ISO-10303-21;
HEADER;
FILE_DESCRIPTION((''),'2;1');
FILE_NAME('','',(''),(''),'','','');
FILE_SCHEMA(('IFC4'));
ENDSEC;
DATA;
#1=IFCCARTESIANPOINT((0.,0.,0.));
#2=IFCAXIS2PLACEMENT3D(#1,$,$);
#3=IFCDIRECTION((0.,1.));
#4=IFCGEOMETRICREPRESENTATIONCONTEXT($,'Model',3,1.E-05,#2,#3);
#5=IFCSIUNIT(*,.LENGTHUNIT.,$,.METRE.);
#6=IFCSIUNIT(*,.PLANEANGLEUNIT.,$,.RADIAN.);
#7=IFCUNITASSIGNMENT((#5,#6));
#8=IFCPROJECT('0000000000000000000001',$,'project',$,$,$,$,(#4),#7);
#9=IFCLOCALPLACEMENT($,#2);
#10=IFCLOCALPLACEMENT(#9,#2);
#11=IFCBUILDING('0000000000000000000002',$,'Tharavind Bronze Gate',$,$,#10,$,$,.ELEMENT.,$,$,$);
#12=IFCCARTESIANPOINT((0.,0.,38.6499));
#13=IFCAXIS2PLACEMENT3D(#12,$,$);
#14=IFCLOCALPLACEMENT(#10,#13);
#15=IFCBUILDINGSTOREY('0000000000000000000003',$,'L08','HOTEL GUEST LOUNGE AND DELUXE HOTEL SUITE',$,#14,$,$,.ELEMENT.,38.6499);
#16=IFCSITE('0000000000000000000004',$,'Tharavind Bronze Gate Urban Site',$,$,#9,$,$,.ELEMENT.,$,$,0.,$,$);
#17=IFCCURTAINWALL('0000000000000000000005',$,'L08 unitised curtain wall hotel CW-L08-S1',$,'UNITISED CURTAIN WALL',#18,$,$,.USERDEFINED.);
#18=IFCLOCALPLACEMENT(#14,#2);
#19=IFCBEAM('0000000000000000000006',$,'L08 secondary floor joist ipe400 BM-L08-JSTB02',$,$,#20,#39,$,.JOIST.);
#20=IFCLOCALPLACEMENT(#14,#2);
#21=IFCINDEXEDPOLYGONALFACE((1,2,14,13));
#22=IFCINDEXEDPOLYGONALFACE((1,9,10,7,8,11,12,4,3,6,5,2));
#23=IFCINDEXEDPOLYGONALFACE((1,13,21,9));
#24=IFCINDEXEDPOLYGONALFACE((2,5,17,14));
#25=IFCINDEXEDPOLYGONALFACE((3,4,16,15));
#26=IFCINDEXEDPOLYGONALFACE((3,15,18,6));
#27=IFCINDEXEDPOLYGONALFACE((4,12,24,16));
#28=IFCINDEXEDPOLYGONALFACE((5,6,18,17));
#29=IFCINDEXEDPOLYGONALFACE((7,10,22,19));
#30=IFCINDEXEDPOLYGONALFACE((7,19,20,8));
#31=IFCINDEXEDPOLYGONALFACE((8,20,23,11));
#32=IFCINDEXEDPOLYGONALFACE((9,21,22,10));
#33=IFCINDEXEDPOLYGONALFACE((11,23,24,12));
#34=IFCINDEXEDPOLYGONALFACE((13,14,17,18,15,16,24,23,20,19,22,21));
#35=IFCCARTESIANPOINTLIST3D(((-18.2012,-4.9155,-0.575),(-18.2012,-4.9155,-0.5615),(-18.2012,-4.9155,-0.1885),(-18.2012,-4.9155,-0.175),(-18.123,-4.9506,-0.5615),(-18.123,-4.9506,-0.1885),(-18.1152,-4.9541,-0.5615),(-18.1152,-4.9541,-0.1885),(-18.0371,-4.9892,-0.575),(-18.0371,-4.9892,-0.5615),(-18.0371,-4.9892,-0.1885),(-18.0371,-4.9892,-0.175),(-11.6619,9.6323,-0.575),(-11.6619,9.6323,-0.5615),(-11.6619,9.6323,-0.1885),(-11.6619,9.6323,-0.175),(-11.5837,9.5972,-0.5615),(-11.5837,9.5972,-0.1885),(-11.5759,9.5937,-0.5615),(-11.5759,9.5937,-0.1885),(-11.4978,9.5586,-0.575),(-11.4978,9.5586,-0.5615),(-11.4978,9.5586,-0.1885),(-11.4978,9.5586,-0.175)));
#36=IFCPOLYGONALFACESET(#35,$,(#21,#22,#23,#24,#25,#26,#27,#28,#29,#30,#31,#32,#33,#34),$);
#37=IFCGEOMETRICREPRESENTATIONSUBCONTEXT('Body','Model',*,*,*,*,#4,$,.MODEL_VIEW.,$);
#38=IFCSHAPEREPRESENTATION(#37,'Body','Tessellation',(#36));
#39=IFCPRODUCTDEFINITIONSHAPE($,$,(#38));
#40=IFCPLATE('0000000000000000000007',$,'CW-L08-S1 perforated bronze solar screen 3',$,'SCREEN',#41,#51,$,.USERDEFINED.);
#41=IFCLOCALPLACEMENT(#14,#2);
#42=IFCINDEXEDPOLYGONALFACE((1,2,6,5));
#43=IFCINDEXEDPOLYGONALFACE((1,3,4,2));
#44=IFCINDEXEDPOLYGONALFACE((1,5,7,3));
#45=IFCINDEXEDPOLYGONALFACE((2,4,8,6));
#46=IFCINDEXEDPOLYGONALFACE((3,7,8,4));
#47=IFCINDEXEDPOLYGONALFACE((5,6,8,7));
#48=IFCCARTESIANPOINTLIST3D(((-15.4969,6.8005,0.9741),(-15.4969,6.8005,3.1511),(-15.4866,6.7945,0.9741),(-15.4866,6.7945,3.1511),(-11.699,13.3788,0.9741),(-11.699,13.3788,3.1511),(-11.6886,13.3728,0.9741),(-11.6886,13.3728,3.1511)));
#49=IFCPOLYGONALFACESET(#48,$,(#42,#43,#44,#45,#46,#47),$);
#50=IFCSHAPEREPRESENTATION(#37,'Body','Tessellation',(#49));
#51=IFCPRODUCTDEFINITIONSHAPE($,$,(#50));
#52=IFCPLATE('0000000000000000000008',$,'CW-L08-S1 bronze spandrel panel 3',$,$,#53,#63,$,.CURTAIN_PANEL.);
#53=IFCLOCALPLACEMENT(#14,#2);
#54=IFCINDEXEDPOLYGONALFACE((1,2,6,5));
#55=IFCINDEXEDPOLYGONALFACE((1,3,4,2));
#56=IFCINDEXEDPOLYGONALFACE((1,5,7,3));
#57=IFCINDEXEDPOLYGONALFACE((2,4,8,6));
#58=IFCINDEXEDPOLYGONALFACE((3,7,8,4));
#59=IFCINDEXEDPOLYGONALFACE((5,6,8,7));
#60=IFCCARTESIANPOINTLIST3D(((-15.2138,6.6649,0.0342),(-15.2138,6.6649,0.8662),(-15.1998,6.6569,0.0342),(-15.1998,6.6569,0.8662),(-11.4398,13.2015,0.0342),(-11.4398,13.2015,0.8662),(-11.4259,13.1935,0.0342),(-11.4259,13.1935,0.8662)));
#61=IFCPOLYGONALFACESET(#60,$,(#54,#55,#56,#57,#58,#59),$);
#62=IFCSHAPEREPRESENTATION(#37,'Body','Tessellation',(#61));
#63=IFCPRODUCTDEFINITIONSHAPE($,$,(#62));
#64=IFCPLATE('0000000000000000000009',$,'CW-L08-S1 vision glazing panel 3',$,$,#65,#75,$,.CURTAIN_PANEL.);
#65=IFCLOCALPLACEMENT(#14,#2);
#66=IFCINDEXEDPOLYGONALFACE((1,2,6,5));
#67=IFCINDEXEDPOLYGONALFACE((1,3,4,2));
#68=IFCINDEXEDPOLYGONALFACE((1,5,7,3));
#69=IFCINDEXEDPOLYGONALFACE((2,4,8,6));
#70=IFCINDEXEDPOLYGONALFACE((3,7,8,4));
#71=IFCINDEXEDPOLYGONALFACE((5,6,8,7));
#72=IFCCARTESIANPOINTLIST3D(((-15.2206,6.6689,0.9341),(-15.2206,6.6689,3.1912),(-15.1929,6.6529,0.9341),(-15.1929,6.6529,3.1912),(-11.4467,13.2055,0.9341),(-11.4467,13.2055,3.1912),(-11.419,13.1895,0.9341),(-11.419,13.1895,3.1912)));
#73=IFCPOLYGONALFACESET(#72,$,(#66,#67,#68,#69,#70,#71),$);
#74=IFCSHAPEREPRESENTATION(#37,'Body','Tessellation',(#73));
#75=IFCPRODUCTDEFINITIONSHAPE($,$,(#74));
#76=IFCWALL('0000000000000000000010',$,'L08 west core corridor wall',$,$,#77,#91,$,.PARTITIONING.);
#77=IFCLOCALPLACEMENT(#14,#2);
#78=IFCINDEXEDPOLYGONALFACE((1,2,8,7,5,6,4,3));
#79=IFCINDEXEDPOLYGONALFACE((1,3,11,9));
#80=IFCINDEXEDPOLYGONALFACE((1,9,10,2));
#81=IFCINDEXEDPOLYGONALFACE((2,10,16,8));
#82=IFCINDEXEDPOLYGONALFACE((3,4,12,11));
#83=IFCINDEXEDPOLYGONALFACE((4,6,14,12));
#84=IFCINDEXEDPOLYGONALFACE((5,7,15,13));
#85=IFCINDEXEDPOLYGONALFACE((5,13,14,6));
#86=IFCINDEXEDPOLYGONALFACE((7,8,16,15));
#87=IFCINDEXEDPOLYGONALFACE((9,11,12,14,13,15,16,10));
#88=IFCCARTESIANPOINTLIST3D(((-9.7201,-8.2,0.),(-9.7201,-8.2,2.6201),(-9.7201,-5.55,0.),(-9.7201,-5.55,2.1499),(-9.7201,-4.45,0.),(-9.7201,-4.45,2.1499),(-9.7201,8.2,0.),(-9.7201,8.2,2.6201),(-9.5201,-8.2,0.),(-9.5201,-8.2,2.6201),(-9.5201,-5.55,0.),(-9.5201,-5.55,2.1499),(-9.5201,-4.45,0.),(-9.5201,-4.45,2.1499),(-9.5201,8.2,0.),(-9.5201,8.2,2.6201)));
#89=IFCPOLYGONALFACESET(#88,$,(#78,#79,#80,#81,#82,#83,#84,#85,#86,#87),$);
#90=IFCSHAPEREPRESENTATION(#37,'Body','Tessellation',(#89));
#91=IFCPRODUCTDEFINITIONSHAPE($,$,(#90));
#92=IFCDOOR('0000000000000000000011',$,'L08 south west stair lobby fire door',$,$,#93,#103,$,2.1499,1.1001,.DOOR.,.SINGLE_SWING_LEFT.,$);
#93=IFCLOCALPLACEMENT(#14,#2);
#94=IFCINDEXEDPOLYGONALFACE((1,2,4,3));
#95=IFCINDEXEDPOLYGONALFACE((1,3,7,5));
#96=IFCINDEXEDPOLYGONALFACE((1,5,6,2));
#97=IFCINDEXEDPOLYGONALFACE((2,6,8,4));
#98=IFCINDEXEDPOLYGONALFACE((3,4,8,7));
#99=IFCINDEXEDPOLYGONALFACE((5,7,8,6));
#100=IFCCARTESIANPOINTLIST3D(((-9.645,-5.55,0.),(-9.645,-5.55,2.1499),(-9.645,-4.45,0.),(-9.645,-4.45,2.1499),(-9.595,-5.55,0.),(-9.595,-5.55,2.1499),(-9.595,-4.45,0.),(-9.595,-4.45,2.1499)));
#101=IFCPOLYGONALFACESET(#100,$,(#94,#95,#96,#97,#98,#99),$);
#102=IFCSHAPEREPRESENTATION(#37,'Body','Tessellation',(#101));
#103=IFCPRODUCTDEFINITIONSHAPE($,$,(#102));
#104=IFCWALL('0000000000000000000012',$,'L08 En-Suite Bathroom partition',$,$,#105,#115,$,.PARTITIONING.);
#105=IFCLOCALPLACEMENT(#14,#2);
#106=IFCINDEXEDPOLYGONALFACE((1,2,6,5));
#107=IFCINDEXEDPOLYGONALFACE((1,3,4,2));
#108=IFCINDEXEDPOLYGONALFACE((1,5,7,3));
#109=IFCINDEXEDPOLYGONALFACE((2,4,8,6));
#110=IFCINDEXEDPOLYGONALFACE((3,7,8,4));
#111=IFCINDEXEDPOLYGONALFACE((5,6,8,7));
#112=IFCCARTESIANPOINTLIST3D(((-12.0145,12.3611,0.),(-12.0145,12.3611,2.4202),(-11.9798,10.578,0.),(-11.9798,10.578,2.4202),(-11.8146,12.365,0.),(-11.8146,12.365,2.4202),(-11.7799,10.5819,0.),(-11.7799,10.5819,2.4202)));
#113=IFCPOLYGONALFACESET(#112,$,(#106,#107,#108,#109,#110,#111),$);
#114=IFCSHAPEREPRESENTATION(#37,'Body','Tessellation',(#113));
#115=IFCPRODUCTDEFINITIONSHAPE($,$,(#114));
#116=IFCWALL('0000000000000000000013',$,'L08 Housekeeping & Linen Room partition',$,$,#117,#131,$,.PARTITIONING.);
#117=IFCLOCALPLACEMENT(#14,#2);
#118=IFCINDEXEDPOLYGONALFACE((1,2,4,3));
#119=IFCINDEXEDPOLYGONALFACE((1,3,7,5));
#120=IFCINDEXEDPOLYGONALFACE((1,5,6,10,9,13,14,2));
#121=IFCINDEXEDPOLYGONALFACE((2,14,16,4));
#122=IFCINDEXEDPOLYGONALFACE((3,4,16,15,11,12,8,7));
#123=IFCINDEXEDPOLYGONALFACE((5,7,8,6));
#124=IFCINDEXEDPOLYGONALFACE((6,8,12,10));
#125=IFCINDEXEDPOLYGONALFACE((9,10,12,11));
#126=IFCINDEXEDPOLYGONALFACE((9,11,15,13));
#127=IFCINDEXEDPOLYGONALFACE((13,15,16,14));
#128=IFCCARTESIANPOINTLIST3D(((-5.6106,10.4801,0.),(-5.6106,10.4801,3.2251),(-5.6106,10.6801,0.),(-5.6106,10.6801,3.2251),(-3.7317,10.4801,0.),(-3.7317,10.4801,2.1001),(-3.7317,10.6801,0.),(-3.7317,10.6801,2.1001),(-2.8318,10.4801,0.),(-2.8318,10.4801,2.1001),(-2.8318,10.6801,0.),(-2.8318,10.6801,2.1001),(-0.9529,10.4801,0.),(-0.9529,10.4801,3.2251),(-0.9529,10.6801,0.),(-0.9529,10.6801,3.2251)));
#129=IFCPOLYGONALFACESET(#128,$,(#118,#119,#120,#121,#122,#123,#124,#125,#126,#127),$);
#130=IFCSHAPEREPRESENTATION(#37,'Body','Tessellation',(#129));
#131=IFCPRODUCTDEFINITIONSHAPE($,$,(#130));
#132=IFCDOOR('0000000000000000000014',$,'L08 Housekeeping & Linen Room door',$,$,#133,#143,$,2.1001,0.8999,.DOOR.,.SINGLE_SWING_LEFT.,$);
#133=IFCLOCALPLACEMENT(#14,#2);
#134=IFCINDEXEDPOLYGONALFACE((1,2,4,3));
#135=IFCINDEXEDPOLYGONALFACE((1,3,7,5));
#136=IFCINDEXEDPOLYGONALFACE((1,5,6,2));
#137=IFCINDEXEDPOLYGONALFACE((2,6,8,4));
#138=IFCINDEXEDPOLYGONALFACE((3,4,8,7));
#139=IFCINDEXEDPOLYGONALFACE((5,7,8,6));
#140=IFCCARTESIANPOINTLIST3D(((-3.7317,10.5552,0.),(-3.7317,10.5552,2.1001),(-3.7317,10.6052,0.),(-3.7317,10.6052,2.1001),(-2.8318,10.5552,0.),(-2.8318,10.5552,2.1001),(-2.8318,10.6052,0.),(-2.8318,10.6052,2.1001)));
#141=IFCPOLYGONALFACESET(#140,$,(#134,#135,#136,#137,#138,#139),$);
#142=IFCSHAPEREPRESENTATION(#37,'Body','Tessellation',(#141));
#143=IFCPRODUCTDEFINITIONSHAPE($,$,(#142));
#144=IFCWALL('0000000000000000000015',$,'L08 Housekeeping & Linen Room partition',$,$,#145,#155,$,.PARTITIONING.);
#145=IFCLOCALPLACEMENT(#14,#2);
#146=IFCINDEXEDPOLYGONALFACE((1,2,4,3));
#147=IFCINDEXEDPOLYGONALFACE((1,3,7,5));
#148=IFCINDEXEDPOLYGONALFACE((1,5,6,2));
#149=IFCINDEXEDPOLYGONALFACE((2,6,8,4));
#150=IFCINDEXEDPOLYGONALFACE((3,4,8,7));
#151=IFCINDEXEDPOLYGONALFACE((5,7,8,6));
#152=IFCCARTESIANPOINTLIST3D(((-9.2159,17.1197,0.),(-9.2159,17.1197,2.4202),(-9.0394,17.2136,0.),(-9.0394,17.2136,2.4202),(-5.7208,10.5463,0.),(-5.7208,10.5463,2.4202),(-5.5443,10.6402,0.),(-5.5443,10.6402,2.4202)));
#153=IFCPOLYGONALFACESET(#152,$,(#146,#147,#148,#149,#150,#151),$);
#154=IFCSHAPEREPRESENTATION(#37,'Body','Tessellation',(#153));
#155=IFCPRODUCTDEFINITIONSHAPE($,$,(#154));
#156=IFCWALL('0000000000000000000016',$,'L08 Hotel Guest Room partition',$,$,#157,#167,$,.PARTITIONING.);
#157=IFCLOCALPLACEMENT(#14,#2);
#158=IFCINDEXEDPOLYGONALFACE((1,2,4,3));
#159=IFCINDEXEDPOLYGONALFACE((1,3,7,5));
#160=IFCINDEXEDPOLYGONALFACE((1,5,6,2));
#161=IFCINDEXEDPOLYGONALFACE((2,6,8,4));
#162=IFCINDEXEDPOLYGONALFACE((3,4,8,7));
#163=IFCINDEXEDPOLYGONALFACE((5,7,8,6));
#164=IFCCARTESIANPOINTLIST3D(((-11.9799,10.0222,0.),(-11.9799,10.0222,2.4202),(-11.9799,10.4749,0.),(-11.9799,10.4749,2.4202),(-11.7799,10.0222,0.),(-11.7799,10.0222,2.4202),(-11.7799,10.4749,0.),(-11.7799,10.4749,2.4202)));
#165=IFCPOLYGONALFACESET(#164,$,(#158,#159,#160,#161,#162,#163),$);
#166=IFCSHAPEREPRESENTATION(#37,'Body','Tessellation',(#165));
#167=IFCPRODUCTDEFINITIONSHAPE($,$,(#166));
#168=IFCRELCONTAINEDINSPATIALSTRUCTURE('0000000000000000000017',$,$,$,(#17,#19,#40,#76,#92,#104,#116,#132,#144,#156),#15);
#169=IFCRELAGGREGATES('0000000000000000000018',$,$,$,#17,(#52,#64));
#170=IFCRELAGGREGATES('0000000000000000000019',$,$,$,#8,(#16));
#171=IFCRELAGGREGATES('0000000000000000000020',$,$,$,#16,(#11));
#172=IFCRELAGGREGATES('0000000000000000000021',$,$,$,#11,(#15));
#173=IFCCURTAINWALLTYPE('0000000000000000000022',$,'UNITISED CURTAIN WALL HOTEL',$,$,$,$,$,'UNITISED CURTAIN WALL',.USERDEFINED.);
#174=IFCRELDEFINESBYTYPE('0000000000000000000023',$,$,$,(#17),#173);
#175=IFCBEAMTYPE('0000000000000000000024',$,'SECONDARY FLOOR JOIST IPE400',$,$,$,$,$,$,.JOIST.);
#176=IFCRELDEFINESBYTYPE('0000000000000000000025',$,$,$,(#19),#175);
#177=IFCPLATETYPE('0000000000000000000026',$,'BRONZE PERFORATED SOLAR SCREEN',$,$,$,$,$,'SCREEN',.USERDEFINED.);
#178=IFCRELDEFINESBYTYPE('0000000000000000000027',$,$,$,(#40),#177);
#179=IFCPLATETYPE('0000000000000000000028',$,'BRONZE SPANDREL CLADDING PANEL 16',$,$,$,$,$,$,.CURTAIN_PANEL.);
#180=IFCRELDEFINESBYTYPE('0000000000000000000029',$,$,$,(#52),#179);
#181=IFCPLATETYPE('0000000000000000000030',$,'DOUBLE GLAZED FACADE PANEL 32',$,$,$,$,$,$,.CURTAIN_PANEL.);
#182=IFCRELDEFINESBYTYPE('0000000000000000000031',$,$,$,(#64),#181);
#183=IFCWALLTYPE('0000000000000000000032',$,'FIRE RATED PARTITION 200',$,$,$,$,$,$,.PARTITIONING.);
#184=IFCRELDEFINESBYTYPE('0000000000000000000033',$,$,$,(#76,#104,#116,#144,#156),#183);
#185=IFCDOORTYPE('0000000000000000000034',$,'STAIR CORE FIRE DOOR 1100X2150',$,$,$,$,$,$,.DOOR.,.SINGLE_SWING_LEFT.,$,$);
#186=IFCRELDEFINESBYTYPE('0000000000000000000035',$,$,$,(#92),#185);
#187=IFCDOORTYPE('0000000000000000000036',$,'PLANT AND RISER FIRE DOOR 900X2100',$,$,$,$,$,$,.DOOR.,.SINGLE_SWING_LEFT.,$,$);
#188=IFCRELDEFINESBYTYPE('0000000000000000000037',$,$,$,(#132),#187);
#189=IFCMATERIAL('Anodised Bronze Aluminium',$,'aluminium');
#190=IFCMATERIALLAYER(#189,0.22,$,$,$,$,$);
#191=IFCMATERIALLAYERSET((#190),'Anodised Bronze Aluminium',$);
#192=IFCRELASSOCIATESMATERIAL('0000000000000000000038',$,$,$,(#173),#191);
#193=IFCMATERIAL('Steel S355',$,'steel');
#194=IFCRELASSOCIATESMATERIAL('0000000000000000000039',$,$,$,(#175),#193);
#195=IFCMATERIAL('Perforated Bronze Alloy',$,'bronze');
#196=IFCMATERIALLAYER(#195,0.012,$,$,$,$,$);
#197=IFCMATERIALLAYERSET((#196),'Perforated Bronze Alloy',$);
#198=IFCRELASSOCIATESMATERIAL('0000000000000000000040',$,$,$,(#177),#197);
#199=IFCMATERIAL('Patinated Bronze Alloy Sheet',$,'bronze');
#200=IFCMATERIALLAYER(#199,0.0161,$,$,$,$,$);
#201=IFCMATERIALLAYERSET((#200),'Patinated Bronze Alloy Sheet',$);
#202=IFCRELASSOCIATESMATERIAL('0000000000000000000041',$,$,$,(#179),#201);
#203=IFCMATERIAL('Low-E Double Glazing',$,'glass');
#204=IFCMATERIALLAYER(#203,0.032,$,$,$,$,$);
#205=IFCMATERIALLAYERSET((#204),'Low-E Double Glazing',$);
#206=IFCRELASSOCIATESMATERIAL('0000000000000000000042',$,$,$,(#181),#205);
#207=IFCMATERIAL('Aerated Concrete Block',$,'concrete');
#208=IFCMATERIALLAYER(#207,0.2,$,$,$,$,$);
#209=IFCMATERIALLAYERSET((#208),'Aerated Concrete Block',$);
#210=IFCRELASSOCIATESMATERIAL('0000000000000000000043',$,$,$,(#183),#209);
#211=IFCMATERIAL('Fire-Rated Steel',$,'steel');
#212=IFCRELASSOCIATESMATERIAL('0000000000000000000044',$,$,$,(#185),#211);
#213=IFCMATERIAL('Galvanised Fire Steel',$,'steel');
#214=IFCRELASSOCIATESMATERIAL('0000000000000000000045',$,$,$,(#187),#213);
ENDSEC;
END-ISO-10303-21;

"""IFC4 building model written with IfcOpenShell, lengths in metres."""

from ifc_helpers import new_model, si_unit, direction, frame, frame_2d, origin, origin_2d, place, context, subcontext, project, spatial, rectangle, i_section, extrude, material, layer, layer_set, material_profile, profile_set, type_object, element, fill, aggregate, save


model = new_model("IFC4")

# Units and contexts
model_context = context("Model", 3, precision=1e-05, world=origin(), true_north=direction((0.0, 1.0)))
body_context = subcontext(model_context, "Body", "Model", "MODEL_VIEW")
ifc_project = project(units=[si_unit("LENGTHUNIT", "METRE"), si_unit("PLANEANGLEUNIT", "RADIAN")], contexts=[model_context])

# Site, building, storey
site_placement = place(None, origin())
site = spatial("IfcSite", under=ifc_project, at=site_placement, Name="Tharavind Bronze Gate Urban Site", CompositionType="ELEMENT", RefElevation=0.0)
building_placement = place(site_placement, origin())
building = spatial("IfcBuilding", under=site, at=building_placement, Name="Tharavind Bronze Gate", CompositionType="ELEMENT")
storey_placement = place(building_placement, frame((0.0, 0.0, 38.6499)))
storey = spatial("IfcBuildingStorey", under=building, at=storey_placement, Name="L08", Description="HOTEL GUEST LOUNGE AND DELUXE HOTEL SUITE", CompositionType="ELEMENT", Elevation=38.6499)

# Curtain wall
ifc_material_1 = material(Name="Anodised Bronze Aluminium", Category="aluminium")
ifc_layer_1 = layer(ifc_material_1, 0.22)
ifc_layer_set_1 = layer_set([ifc_layer_1], Name="Anodised Bronze Aluminium")
curtain_wall_type = type_object("IfcCurtainWallType", Name="UNITISED CURTAIN WALL HOTEL", ElementType="UNITISED CURTAIN WALL", PredefinedType="USERDEFINED", material=ifc_layer_set_1)
curtain_wall_placement = place(storey_placement, origin())
curtain_wall = element("IfcCurtainWall", 1, at=curtain_wall_placement, inside=storey, type_object=curtain_wall_type, Name="L08 unitised curtain wall hotel CW-L08-S1", ObjectType="UNITISED CURTAIN WALL", PredefinedType="USERDEFINED")

# Beam
ifc_material_2 = material(Name="Steel S355", Category="steel")
ifc_material_profile_1 = material_profile(ifc_material_2, i_section(OverallWidth=0.1799, OverallDepth=0.3999, WebThickness=0.0085, FlangeThickness=0.0134, at=origin_2d()), Name="IPE400")
ifc_profile_set_1 = profile_set([ifc_material_profile_1], Name="Steel S355")
beam_type_1 = type_object("IfcBeamType", Name="SECONDARY FLOOR JOIST IPE400", PredefinedType="JOIST", material=ifc_profile_set_1)
beam_1_placement = place(storey_placement, frame((-11.5798, 9.5955, -0.375), z_axis=(-0.409988, -0.912091, 0.0), x_axis=(0.912091, -0.409988, 0.0)))
element("IfcBeam", 2, at=beam_1_placement, inside=storey, type_object=beam_type_1, Name="L08 secondary floor joist ipe400 BM-L08-JSTB02", PredefinedType="JOIST", context=body_context, shape_type="SweptSolid", body=[
    extrude(i_section(OverallWidth=0.1799, OverallDepth=0.3999, WebThickness=0.0085, FlangeThickness=0.0134, at=origin_2d()), origin(), (0.0, 0.0, 1.0), 15.95),
])

# Plates
ifc_material_3 = material(Name="Perforated Bronze Alloy", Category="bronze")
ifc_layer_2 = layer(ifc_material_3, 0.012)
ifc_layer_set_2 = layer_set([ifc_layer_2], Name="Perforated Bronze Alloy")
plate_type_1 = type_object("IfcPlateType", Name="BRONZE PERFORATED SOLAR SCREEN", ElementType="SCREEN", PredefinedType="USERDEFINED", material=ifc_layer_set_2)
plate_1_placement = place(storey_placement, frame((-13.5928, 10.0867, 0.9741), z_axis=(0.0, 0.0, 1.0), x_axis=(-0.500002, -0.866025, 0.0)))
element("IfcPlate", 3, at=plate_1_placement, inside=storey, type_object=plate_type_1, Name="CW-L08-S1 perforated bronze solar screen 3", ObjectType="SCREEN", PredefinedType="USERDEFINED", context=body_context, shape_type="SweptSolid", body=[
    extrude(rectangle(XDim=7.5959, YDim=0.012, at=origin_2d()), origin(), (0.0, 0.0, 1.0), 2.177),
])
ifc_material_4 = material(Name="Patinated Bronze Alloy Sheet", Category="bronze")
ifc_layer_3 = layer(ifc_material_4, 0.0161)
ifc_layer_set_3 = layer_set([ifc_layer_3], Name="Patinated Bronze Alloy Sheet")
plate_type_2 = type_object("IfcPlateType", Name="BRONZE SPANDREL CLADDING PANEL 16", PredefinedType="CURTAIN_PANEL", material=ifc_layer_set_3)
plate_2_placement = place(storey_placement, frame((-13.3198, 9.9292, 0.0342), z_axis=(0.0, 0.0, 1.0), x_axis=(-0.500002, -0.866025, 0.0)))
plate_2 = element("IfcPlate", 4, at=plate_2_placement, type_object=plate_type_2, Name="CW-L08-S1 bronze spandrel panel 3", PredefinedType="CURTAIN_PANEL", context=body_context, shape_type="SweptSolid", body=[
    extrude(rectangle(XDim=7.5479, YDim=0.0161, at=origin_2d()), origin(), (0.0, 0.0, 1.0), 0.832),
])
ifc_material_5 = material(Name="Low-E Double Glazing", Category="glass")
ifc_layer_4 = layer(ifc_material_5, 0.032)
ifc_layer_set_4 = layer_set([ifc_layer_4], Name="Low-E Double Glazing")
plate_type_3 = type_object("IfcPlateType", Name="DOUBLE GLAZED FACADE PANEL 32", PredefinedType="CURTAIN_PANEL", material=ifc_layer_set_4)
plate_3_placement = place(storey_placement, frame((-13.3198, 9.9292, 0.9341), z_axis=(0.0, 0.0, 1.0), x_axis=(-0.500002, -0.866025, 0.0)))
plate_3 = element("IfcPlate", 5, at=plate_3_placement, type_object=plate_type_3, Name="CW-L08-S1 vision glazing panel 3", PredefinedType="CURTAIN_PANEL", context=body_context, shape_type="SweptSolid", body=[
    extrude(rectangle(XDim=7.5479, YDim=0.032, at=origin_2d()), origin(), (0.0, 0.0, 1.0), 2.2571),
])
aggregate(curtain_wall, [plate_2, plate_3])

# Wall, opening, door
ifc_material_6 = material(Name="Aerated Concrete Block", Category="concrete")
ifc_layer_5 = layer(ifc_material_6, 0.2)
ifc_layer_set_5 = layer_set([ifc_layer_5], Name="Aerated Concrete Block")
wall_type_1 = type_object("IfcWallType", Name="FIRE RATED PARTITION 200", PredefinedType="PARTITIONING", material=ifc_layer_set_5)
wall_1_placement = place(storey_placement, frame((-9.6201, 8.2, 0.0), z_axis=(0.0, 0.0, 1.0), x_axis=(0.0, -1.0, 0.0)))
wall_1 = element("IfcWall", 6, at=wall_1_placement, inside=storey, type_object=wall_type_1, Name="L08 west core corridor wall", PredefinedType="PARTITIONING", context=body_context, shape_type="SweptSolid", body=[
    extrude(rectangle(XDim=16.3999, YDim=0.2, at=frame_2d((8.2, 0.0))), origin(), (0.0, 0.0, 1.0), 2.6201),
])
opening_1_placement = place(wall_1_placement, frame((12.6499, 0.0, 0.0)))
opening_1 = element("IfcOpeningElement", 7, at=opening_1_placement, cuts=wall_1, PredefinedType="OPENING", context=body_context, shape_type="SweptSolid", body=[
    extrude(rectangle(XDim=1.1001, YDim=2.1499, at=frame_2d((0.55, 1.075))), frame((0.0, 0.1101, 0.0), z_axis=(0.0, -1.0, 0.0), x_axis=(1.0, 0.0, 0.0)), (0.0, 0.0, 1.0), 0.22),
])
ifc_material_7 = material(Name="Fire-Rated Steel", Category="steel")
door_type_1 = type_object("IfcDoorType", Name="STAIR CORE FIRE DOOR 1100X2150", OperationType="SINGLE_SWING_LEFT", PredefinedType="DOOR", material=ifc_material_7)
door_1_placement = place(opening_1_placement, frame((1.1001, 0.0, 0.0), z_axis=(0.0, 0.0, 1.0), x_axis=(-1.0, 0.0, 0.0)))
door_1 = element("IfcDoor", 8, at=door_1_placement, inside=storey, type_object=door_type_1, Name="L08 south west stair lobby fire door", OperationType="SINGLE_SWING_LEFT", OverallHeight=2.1499, OverallWidth=1.1001, PredefinedType="DOOR", context=body_context, shape_type="SweptSolid", body=[
    extrude(rectangle(XDim=1.1001, YDim=2.1499, at=frame_2d((0.55, 1.075))), frame((0.0, 0.0249, 0.0), z_axis=(0.0, -1.0, 0.0), x_axis=(1.0, 0.0, 0.0)), (0.0, 0.0, 1.0), 0.05),
])
fill(opening_1, door_1)

# Wall
wall_2_placement = place(storey_placement, frame((-11.8799, 10.5801, 0.0), z_axis=(0.0, 0.0, 1.0), x_axis=(-0.019438, 0.999811, 0.0)))
element("IfcWall", 9, at=wall_2_placement, inside=storey, type_object=wall_type_1, Name="L08 En-Suite Bathroom partition", PredefinedType="PARTITIONING", context=body_context, shape_type="SweptSolid", body=[
    extrude(rectangle(XDim=1.7834, YDim=0.2, at=frame_2d((0.8916, 0.0))), origin(), (0.0, 0.0, 1.0), 2.4202),
])

# Wall, opening, door
wall_3_placement = place(storey_placement, frame((-0.9529, 10.5801, 0.0), z_axis=(0.0, 0.0, 1.0), x_axis=(-1.0, 0.0, 0.0)))
wall_3 = element("IfcWall", 10, at=wall_3_placement, inside=storey, type_object=wall_type_1, Name="L08 Housekeeping & Linen Room partition", PredefinedType="PARTITIONING", context=body_context, shape_type="SweptSolid", body=[
    extrude(rectangle(XDim=4.6577, YDim=0.2, at=frame_2d((2.3289, 0.0))), origin(), (0.0, 0.0, 1.0), 3.2251),
])
opening_2_placement = place(wall_3_placement, frame((1.8789, 0.0, 0.0)))
opening_2 = element("IfcOpeningElement", 11, at=opening_2_placement, cuts=wall_3, PredefinedType="OPENING", context=body_context, shape_type="SweptSolid", body=[
    extrude(rectangle(XDim=0.8999, YDim=2.1001, at=frame_2d((0.45, 1.05))), frame((0.0, 0.1101, 0.0), z_axis=(0.0, -1.0, 0.0), x_axis=(1.0, 0.0, 0.0)), (0.0, 0.0, 1.0), 0.22),
])
ifc_material_8 = material(Name="Galvanised Fire Steel", Category="steel")
door_type_2 = type_object("IfcDoorType", Name="PLANT AND RISER FIRE DOOR 900X2100", OperationType="SINGLE_SWING_LEFT", PredefinedType="DOOR", material=ifc_material_8)
door_2_placement = place(opening_2_placement, origin())
door_2 = element("IfcDoor", 12, at=door_2_placement, inside=storey, type_object=door_type_2, Name="L08 Housekeeping & Linen Room door", OperationType="SINGLE_SWING_LEFT", OverallHeight=2.1001, OverallWidth=0.8999, PredefinedType="DOOR", context=body_context, shape_type="SweptSolid", body=[
    extrude(rectangle(XDim=0.8999, YDim=2.1001, at=frame_2d((0.45, 1.05))), frame((0.0, 0.0249, 0.0), z_axis=(0.0, -1.0, 0.0), x_axis=(1.0, 0.0, 0.0)), (0.0, 0.0, 1.0), 0.05),
])
fill(opening_2, door_2)

# Walls
wall_4_placement = place(storey_placement, frame((-5.6326, 10.5933, 0.0), z_axis=(0.0, 0.0, 1.0), x_axis=(-0.469464, 0.882951, 0.0)))
element("IfcWall", 13, at=wall_4_placement, inside=storey, type_object=wall_type_1, Name="L08 Housekeeping & Linen Room partition", PredefinedType="PARTITIONING", context=body_context, shape_type="SweptSolid", body=[
    extrude(rectangle(XDim=7.4448, YDim=0.2, at=frame_2d((3.7224, 0.0))), origin(), (0.0, 0.0, 1.0), 2.4202),
])
wall_5_placement = place(storey_placement, frame((-11.8799, 10.4749, 0.0), z_axis=(0.0, 0.0, 1.0), x_axis=(0.0, -1.0, 0.0)))
element("IfcWall", 14, at=wall_5_placement, inside=storey, type_object=wall_type_1, Name="L08 Hotel Guest Room partition", PredefinedType="PARTITIONING", context=body_context, shape_type="SweptSolid", body=[
    extrude(rectangle(XDim=0.4526, YDim=0.2, at=frame_2d((0.2263, 0.0))), origin(), (0.0, 0.0, 1.0), 2.4202),
])

save(model, "model.ifc")
